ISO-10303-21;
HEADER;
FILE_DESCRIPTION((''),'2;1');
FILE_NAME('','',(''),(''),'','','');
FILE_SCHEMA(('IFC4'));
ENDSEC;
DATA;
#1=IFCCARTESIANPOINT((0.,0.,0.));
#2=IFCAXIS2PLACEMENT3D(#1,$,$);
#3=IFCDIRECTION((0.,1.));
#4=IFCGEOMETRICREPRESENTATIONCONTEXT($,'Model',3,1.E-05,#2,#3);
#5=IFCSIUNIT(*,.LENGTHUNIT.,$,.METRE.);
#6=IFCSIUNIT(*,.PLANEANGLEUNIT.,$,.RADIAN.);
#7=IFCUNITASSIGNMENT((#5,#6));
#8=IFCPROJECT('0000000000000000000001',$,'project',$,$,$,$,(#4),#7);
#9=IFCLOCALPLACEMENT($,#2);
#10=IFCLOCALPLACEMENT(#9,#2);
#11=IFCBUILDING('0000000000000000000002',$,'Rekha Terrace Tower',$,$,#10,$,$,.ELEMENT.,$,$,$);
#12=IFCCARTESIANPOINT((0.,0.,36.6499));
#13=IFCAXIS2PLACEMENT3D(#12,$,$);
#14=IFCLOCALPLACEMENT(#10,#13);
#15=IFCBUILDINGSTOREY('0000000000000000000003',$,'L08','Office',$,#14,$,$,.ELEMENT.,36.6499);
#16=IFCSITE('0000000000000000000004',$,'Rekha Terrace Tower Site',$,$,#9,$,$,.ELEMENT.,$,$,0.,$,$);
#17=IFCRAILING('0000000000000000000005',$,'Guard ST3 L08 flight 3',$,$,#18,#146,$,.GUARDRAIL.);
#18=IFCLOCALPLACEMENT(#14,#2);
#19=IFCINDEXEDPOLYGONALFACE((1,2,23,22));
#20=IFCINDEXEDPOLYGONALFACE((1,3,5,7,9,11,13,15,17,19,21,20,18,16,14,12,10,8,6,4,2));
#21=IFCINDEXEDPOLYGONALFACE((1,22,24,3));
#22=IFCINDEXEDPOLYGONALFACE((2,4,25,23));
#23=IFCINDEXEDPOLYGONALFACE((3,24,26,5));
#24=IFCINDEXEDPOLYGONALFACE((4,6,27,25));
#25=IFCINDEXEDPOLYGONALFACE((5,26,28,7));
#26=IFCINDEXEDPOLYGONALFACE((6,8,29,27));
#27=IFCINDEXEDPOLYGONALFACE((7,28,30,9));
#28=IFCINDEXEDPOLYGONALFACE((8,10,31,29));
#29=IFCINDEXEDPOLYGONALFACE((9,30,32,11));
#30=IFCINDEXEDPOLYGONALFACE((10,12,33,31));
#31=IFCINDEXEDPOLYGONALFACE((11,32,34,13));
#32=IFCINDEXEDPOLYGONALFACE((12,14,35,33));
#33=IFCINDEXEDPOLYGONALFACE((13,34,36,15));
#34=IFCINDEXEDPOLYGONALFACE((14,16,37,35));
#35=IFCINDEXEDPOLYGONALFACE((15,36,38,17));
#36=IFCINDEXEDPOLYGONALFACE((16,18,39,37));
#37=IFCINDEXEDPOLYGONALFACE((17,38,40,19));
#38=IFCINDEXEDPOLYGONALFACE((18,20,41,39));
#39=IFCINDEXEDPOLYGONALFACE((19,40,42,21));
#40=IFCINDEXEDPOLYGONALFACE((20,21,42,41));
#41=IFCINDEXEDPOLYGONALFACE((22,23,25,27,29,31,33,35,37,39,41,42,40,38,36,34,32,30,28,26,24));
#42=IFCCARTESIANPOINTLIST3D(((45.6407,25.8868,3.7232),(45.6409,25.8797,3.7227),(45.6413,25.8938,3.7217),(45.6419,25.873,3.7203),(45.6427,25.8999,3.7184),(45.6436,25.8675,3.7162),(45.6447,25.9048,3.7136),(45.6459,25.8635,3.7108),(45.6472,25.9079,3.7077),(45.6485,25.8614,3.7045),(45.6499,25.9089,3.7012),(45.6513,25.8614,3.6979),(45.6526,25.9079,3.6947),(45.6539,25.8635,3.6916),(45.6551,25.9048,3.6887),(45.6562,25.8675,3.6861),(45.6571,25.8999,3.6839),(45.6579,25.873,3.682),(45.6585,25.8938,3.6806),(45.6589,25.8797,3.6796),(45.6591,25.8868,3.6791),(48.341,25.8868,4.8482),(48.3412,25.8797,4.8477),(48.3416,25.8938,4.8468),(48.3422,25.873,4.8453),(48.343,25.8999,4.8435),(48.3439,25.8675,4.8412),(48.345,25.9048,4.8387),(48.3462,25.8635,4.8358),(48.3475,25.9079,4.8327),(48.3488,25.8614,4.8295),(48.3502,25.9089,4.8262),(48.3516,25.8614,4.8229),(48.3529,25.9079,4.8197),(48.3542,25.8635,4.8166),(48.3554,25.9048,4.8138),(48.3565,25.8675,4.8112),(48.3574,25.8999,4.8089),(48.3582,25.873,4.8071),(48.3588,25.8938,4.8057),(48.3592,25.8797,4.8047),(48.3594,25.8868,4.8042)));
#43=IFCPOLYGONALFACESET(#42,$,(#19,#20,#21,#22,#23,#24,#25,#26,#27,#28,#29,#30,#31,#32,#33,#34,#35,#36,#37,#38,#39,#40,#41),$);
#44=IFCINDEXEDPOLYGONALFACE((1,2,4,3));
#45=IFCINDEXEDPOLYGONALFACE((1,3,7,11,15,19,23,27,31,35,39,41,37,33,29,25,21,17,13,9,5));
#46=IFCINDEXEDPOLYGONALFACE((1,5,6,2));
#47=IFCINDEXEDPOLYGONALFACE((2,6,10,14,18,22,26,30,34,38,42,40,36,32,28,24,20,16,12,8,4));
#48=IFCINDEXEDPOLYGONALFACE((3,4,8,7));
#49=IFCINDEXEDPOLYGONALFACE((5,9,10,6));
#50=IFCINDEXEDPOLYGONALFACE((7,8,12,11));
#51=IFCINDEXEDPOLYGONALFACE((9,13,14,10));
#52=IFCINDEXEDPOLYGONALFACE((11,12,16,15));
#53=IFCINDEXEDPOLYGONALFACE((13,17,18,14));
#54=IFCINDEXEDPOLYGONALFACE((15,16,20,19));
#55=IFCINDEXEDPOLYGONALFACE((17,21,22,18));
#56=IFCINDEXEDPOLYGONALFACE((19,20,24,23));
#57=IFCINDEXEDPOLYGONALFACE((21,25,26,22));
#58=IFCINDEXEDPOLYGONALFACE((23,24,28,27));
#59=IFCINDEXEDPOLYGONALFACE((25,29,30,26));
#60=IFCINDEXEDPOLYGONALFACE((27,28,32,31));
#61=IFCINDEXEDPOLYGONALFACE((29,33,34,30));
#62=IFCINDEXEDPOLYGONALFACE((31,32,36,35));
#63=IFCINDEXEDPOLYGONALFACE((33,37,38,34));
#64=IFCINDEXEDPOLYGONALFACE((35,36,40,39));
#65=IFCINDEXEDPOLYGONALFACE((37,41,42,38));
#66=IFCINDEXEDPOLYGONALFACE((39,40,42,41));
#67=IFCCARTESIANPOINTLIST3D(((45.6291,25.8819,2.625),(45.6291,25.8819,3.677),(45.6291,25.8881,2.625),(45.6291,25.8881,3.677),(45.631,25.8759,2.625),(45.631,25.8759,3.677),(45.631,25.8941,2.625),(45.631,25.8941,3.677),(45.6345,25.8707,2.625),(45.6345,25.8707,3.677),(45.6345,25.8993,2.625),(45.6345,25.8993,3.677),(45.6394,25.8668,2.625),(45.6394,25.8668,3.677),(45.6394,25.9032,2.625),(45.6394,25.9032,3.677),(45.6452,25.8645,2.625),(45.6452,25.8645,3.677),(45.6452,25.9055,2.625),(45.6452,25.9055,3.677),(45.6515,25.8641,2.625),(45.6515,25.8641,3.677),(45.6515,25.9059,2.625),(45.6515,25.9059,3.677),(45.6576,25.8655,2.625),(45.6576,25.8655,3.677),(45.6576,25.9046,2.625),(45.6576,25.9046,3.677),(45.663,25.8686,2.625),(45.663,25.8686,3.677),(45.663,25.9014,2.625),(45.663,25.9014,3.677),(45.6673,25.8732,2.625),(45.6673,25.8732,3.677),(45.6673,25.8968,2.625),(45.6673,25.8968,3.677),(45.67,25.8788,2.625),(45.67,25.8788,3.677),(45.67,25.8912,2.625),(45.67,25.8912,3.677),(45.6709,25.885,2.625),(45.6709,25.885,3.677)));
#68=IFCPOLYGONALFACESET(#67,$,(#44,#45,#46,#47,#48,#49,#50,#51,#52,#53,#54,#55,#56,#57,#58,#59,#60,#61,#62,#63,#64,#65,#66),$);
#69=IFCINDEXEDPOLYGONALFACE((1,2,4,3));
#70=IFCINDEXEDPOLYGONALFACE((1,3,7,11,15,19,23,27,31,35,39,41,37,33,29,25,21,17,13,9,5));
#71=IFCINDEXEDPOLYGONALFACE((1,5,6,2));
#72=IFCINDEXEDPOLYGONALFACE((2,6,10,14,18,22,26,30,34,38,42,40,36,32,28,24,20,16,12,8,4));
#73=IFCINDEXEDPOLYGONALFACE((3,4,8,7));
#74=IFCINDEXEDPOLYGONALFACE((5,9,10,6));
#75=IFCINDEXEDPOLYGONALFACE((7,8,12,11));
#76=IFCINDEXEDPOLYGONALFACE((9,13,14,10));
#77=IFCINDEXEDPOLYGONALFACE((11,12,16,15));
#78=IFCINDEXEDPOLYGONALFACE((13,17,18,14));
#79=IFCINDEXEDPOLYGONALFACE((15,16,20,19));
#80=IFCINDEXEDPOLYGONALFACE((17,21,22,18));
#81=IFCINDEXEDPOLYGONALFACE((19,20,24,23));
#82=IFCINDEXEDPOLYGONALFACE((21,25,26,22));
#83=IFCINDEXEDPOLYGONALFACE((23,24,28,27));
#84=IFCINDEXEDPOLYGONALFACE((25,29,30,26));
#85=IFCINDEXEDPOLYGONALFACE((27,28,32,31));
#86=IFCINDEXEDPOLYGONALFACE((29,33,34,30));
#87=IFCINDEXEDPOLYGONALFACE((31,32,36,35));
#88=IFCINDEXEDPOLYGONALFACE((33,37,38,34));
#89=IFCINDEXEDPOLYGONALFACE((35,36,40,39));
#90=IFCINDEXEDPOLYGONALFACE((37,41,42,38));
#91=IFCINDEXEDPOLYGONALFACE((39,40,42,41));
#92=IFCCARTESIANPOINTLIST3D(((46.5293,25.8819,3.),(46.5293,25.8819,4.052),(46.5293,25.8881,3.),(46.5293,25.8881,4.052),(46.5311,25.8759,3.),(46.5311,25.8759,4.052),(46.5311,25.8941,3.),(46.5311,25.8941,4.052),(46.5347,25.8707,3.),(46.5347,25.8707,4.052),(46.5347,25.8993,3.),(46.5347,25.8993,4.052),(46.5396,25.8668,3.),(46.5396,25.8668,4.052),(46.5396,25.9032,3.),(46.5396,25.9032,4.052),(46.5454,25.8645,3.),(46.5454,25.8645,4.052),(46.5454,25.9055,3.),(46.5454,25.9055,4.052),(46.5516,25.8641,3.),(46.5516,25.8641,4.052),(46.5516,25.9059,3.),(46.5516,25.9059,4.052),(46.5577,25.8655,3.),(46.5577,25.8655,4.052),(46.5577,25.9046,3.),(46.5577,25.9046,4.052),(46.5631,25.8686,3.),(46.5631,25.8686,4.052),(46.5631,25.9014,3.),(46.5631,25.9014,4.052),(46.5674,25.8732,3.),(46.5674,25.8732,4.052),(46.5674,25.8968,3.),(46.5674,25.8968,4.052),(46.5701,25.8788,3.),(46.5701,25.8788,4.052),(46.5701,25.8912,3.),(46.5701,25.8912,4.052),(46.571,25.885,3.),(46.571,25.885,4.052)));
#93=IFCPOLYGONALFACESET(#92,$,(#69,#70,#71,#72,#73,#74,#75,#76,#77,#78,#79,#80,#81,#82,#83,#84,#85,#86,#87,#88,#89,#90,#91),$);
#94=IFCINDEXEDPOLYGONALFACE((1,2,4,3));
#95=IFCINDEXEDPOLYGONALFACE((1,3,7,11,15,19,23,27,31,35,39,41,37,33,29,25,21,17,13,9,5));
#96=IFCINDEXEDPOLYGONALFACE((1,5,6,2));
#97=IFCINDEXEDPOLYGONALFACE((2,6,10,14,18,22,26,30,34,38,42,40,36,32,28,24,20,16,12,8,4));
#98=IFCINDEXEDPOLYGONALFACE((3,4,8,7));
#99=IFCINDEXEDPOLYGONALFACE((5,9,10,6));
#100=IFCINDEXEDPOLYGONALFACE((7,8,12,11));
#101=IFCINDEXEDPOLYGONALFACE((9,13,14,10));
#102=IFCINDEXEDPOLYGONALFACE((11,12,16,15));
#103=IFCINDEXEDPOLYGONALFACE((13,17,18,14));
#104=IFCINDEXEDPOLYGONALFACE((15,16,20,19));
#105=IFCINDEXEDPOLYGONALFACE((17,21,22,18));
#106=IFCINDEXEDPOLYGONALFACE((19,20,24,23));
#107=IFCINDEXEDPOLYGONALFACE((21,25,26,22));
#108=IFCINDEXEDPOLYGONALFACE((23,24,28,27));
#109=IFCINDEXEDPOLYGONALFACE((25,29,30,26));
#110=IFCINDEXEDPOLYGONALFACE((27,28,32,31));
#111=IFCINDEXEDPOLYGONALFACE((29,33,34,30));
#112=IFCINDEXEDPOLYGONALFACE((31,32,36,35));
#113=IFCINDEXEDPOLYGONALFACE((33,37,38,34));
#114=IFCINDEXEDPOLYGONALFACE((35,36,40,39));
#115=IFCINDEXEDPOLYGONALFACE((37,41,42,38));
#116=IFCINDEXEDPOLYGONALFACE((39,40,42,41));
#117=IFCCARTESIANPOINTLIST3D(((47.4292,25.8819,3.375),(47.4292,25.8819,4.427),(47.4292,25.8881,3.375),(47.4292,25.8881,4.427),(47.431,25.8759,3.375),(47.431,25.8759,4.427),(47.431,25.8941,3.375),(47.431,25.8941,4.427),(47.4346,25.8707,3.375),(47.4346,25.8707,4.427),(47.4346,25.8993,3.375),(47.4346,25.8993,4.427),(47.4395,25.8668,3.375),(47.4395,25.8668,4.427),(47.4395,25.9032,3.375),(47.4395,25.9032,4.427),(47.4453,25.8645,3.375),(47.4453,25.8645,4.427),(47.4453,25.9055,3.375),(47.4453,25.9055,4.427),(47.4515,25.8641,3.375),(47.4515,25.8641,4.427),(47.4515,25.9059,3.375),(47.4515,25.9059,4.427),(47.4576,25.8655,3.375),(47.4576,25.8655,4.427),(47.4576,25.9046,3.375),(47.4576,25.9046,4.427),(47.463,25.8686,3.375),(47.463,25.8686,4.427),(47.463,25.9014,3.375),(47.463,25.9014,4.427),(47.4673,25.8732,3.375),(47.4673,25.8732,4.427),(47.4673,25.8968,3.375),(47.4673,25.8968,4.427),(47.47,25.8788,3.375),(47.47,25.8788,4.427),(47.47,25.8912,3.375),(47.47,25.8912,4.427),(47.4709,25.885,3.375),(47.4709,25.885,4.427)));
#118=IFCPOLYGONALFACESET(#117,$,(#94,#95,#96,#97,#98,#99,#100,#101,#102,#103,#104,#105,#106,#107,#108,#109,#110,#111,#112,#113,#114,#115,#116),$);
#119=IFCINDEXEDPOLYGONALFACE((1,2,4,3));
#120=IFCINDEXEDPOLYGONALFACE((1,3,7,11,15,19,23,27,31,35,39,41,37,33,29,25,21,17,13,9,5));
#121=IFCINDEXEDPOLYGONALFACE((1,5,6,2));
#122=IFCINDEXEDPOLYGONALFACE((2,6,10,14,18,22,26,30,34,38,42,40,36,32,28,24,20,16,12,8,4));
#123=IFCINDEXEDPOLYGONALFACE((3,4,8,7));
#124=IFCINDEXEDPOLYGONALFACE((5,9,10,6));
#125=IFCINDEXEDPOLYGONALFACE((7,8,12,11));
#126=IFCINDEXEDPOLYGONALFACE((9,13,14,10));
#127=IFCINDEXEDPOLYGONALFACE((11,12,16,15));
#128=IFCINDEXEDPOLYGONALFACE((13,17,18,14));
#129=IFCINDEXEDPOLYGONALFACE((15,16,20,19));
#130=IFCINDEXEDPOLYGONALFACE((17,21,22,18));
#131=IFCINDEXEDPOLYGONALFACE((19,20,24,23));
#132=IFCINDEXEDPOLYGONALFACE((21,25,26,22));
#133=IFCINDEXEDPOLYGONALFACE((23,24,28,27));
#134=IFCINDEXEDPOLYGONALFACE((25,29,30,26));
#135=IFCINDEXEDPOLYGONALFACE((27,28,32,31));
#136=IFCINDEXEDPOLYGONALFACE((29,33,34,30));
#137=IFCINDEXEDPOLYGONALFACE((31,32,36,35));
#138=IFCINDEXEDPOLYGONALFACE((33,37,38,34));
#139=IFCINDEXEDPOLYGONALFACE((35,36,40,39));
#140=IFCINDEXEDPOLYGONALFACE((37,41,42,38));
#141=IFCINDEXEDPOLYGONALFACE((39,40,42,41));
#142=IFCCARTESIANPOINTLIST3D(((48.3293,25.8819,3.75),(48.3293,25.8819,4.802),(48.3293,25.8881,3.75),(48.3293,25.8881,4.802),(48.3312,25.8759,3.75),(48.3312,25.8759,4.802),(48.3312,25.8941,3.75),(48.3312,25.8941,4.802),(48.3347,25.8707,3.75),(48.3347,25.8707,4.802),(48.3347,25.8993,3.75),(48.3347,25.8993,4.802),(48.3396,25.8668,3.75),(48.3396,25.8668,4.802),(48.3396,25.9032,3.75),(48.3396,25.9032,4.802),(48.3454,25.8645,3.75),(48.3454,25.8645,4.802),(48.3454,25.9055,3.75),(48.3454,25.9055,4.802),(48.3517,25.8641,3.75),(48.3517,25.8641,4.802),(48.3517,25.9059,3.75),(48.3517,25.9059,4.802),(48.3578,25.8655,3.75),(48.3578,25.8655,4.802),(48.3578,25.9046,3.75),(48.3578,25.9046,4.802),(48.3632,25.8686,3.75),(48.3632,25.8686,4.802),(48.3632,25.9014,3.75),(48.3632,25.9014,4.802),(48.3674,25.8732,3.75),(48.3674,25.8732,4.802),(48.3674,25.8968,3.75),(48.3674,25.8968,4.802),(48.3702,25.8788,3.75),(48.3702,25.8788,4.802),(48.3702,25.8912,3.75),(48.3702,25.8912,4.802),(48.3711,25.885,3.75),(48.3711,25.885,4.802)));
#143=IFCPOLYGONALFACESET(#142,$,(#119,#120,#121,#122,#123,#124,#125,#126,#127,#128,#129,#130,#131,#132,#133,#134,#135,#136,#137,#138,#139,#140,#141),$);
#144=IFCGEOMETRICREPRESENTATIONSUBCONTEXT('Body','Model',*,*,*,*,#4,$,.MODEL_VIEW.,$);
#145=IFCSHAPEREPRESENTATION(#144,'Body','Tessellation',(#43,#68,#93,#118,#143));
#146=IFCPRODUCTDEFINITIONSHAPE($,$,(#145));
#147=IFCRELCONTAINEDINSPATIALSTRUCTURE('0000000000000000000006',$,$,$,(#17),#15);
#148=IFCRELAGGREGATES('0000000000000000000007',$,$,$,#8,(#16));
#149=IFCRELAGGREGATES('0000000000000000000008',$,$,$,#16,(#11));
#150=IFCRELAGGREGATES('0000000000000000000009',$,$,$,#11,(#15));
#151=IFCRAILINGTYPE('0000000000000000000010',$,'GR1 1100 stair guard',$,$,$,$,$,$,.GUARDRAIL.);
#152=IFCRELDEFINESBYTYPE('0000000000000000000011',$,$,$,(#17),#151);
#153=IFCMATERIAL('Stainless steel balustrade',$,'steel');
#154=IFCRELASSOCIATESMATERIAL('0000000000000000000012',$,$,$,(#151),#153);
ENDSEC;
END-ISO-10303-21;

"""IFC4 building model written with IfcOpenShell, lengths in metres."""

from ifc_helpers import new_model, si_unit, direction, frame, origin, origin_2d, place, context, subcontext, project, spatial, circle, extrude, material, type_object, element, save


model = new_model("IFC4")

# Units and contexts
model_context = context("Model", 3, precision=1e-05, world=origin(), true_north=direction((0.0, 1.0)))
body_context = subcontext(model_context, "Body", "Model", "MODEL_VIEW")
ifc_project = project(units=[si_unit("LENGTHUNIT", "METRE"), si_unit("PLANEANGLEUNIT", "RADIAN")], contexts=[model_context])

# Site, building, storey
site_placement = place(None, origin())
site = spatial("IfcSite", under=ifc_project, at=site_placement, Name="Rekha Terrace Tower Site", CompositionType="ELEMENT", RefElevation=0.0)
building_placement = place(site_placement, origin())
building = spatial("IfcBuilding", under=site, at=building_placement, Name="Rekha Terrace Tower", CompositionType="ELEMENT")
storey_placement = place(building_placement, frame((0.0, 0.0, 36.6499)))
storey = spatial("IfcBuildingStorey", under=building, at=storey_placement, Name="L08", Description="Office", CompositionType="ELEMENT", Elevation=36.6499)

# Railing
ifc_material_1 = material(Name="Stainless steel balustrade", Category="steel")
railing_type_1 = type_object("IfcRailingType", Name="GR1 1100 stair guard", PredefinedType="GUARDRAIL", material=ifc_material_1)
railing_1_placement = place(storey_placement, frame((45.6499, 25.885, 2.625)))
element("IfcRailing", 1, at=railing_1_placement, inside=storey, type_object=railing_type_1, Name="Guard ST3 L08 flight 3", PredefinedType="GUARDRAIL", context=body_context, shape_type="SweptSolid", body=[
    extrude(circle(Radius=0.0239, at=origin_2d()), frame((0.0, 0.0, 1.0762), z_axis=(0.923087, 0.0, 0.384592), x_axis=(0.0, 1.0, 0.0)), (0.0, 0.0, 1.0), 2.9253),
    extrude(circle(Radius=0.021, at=origin_2d()), origin(), (0.0, 0.0, 1.0), 1.052),
    extrude(circle(Radius=0.021, at=origin_2d()), frame((0.9001, 0.0, 0.375)), (0.0, 0.0, 1.0), 1.052),
    extrude(circle(Radius=0.021, at=origin_2d()), frame((1.8, 0.0, 0.75)), (0.0, 0.0, 1.0), 1.052),
    extrude(circle(Radius=0.021, at=origin_2d()), frame((2.7002, 0.0, 1.125)), (0.0, 0.0, 1.0), 1.052),
])

save(model, "model.ifc")
